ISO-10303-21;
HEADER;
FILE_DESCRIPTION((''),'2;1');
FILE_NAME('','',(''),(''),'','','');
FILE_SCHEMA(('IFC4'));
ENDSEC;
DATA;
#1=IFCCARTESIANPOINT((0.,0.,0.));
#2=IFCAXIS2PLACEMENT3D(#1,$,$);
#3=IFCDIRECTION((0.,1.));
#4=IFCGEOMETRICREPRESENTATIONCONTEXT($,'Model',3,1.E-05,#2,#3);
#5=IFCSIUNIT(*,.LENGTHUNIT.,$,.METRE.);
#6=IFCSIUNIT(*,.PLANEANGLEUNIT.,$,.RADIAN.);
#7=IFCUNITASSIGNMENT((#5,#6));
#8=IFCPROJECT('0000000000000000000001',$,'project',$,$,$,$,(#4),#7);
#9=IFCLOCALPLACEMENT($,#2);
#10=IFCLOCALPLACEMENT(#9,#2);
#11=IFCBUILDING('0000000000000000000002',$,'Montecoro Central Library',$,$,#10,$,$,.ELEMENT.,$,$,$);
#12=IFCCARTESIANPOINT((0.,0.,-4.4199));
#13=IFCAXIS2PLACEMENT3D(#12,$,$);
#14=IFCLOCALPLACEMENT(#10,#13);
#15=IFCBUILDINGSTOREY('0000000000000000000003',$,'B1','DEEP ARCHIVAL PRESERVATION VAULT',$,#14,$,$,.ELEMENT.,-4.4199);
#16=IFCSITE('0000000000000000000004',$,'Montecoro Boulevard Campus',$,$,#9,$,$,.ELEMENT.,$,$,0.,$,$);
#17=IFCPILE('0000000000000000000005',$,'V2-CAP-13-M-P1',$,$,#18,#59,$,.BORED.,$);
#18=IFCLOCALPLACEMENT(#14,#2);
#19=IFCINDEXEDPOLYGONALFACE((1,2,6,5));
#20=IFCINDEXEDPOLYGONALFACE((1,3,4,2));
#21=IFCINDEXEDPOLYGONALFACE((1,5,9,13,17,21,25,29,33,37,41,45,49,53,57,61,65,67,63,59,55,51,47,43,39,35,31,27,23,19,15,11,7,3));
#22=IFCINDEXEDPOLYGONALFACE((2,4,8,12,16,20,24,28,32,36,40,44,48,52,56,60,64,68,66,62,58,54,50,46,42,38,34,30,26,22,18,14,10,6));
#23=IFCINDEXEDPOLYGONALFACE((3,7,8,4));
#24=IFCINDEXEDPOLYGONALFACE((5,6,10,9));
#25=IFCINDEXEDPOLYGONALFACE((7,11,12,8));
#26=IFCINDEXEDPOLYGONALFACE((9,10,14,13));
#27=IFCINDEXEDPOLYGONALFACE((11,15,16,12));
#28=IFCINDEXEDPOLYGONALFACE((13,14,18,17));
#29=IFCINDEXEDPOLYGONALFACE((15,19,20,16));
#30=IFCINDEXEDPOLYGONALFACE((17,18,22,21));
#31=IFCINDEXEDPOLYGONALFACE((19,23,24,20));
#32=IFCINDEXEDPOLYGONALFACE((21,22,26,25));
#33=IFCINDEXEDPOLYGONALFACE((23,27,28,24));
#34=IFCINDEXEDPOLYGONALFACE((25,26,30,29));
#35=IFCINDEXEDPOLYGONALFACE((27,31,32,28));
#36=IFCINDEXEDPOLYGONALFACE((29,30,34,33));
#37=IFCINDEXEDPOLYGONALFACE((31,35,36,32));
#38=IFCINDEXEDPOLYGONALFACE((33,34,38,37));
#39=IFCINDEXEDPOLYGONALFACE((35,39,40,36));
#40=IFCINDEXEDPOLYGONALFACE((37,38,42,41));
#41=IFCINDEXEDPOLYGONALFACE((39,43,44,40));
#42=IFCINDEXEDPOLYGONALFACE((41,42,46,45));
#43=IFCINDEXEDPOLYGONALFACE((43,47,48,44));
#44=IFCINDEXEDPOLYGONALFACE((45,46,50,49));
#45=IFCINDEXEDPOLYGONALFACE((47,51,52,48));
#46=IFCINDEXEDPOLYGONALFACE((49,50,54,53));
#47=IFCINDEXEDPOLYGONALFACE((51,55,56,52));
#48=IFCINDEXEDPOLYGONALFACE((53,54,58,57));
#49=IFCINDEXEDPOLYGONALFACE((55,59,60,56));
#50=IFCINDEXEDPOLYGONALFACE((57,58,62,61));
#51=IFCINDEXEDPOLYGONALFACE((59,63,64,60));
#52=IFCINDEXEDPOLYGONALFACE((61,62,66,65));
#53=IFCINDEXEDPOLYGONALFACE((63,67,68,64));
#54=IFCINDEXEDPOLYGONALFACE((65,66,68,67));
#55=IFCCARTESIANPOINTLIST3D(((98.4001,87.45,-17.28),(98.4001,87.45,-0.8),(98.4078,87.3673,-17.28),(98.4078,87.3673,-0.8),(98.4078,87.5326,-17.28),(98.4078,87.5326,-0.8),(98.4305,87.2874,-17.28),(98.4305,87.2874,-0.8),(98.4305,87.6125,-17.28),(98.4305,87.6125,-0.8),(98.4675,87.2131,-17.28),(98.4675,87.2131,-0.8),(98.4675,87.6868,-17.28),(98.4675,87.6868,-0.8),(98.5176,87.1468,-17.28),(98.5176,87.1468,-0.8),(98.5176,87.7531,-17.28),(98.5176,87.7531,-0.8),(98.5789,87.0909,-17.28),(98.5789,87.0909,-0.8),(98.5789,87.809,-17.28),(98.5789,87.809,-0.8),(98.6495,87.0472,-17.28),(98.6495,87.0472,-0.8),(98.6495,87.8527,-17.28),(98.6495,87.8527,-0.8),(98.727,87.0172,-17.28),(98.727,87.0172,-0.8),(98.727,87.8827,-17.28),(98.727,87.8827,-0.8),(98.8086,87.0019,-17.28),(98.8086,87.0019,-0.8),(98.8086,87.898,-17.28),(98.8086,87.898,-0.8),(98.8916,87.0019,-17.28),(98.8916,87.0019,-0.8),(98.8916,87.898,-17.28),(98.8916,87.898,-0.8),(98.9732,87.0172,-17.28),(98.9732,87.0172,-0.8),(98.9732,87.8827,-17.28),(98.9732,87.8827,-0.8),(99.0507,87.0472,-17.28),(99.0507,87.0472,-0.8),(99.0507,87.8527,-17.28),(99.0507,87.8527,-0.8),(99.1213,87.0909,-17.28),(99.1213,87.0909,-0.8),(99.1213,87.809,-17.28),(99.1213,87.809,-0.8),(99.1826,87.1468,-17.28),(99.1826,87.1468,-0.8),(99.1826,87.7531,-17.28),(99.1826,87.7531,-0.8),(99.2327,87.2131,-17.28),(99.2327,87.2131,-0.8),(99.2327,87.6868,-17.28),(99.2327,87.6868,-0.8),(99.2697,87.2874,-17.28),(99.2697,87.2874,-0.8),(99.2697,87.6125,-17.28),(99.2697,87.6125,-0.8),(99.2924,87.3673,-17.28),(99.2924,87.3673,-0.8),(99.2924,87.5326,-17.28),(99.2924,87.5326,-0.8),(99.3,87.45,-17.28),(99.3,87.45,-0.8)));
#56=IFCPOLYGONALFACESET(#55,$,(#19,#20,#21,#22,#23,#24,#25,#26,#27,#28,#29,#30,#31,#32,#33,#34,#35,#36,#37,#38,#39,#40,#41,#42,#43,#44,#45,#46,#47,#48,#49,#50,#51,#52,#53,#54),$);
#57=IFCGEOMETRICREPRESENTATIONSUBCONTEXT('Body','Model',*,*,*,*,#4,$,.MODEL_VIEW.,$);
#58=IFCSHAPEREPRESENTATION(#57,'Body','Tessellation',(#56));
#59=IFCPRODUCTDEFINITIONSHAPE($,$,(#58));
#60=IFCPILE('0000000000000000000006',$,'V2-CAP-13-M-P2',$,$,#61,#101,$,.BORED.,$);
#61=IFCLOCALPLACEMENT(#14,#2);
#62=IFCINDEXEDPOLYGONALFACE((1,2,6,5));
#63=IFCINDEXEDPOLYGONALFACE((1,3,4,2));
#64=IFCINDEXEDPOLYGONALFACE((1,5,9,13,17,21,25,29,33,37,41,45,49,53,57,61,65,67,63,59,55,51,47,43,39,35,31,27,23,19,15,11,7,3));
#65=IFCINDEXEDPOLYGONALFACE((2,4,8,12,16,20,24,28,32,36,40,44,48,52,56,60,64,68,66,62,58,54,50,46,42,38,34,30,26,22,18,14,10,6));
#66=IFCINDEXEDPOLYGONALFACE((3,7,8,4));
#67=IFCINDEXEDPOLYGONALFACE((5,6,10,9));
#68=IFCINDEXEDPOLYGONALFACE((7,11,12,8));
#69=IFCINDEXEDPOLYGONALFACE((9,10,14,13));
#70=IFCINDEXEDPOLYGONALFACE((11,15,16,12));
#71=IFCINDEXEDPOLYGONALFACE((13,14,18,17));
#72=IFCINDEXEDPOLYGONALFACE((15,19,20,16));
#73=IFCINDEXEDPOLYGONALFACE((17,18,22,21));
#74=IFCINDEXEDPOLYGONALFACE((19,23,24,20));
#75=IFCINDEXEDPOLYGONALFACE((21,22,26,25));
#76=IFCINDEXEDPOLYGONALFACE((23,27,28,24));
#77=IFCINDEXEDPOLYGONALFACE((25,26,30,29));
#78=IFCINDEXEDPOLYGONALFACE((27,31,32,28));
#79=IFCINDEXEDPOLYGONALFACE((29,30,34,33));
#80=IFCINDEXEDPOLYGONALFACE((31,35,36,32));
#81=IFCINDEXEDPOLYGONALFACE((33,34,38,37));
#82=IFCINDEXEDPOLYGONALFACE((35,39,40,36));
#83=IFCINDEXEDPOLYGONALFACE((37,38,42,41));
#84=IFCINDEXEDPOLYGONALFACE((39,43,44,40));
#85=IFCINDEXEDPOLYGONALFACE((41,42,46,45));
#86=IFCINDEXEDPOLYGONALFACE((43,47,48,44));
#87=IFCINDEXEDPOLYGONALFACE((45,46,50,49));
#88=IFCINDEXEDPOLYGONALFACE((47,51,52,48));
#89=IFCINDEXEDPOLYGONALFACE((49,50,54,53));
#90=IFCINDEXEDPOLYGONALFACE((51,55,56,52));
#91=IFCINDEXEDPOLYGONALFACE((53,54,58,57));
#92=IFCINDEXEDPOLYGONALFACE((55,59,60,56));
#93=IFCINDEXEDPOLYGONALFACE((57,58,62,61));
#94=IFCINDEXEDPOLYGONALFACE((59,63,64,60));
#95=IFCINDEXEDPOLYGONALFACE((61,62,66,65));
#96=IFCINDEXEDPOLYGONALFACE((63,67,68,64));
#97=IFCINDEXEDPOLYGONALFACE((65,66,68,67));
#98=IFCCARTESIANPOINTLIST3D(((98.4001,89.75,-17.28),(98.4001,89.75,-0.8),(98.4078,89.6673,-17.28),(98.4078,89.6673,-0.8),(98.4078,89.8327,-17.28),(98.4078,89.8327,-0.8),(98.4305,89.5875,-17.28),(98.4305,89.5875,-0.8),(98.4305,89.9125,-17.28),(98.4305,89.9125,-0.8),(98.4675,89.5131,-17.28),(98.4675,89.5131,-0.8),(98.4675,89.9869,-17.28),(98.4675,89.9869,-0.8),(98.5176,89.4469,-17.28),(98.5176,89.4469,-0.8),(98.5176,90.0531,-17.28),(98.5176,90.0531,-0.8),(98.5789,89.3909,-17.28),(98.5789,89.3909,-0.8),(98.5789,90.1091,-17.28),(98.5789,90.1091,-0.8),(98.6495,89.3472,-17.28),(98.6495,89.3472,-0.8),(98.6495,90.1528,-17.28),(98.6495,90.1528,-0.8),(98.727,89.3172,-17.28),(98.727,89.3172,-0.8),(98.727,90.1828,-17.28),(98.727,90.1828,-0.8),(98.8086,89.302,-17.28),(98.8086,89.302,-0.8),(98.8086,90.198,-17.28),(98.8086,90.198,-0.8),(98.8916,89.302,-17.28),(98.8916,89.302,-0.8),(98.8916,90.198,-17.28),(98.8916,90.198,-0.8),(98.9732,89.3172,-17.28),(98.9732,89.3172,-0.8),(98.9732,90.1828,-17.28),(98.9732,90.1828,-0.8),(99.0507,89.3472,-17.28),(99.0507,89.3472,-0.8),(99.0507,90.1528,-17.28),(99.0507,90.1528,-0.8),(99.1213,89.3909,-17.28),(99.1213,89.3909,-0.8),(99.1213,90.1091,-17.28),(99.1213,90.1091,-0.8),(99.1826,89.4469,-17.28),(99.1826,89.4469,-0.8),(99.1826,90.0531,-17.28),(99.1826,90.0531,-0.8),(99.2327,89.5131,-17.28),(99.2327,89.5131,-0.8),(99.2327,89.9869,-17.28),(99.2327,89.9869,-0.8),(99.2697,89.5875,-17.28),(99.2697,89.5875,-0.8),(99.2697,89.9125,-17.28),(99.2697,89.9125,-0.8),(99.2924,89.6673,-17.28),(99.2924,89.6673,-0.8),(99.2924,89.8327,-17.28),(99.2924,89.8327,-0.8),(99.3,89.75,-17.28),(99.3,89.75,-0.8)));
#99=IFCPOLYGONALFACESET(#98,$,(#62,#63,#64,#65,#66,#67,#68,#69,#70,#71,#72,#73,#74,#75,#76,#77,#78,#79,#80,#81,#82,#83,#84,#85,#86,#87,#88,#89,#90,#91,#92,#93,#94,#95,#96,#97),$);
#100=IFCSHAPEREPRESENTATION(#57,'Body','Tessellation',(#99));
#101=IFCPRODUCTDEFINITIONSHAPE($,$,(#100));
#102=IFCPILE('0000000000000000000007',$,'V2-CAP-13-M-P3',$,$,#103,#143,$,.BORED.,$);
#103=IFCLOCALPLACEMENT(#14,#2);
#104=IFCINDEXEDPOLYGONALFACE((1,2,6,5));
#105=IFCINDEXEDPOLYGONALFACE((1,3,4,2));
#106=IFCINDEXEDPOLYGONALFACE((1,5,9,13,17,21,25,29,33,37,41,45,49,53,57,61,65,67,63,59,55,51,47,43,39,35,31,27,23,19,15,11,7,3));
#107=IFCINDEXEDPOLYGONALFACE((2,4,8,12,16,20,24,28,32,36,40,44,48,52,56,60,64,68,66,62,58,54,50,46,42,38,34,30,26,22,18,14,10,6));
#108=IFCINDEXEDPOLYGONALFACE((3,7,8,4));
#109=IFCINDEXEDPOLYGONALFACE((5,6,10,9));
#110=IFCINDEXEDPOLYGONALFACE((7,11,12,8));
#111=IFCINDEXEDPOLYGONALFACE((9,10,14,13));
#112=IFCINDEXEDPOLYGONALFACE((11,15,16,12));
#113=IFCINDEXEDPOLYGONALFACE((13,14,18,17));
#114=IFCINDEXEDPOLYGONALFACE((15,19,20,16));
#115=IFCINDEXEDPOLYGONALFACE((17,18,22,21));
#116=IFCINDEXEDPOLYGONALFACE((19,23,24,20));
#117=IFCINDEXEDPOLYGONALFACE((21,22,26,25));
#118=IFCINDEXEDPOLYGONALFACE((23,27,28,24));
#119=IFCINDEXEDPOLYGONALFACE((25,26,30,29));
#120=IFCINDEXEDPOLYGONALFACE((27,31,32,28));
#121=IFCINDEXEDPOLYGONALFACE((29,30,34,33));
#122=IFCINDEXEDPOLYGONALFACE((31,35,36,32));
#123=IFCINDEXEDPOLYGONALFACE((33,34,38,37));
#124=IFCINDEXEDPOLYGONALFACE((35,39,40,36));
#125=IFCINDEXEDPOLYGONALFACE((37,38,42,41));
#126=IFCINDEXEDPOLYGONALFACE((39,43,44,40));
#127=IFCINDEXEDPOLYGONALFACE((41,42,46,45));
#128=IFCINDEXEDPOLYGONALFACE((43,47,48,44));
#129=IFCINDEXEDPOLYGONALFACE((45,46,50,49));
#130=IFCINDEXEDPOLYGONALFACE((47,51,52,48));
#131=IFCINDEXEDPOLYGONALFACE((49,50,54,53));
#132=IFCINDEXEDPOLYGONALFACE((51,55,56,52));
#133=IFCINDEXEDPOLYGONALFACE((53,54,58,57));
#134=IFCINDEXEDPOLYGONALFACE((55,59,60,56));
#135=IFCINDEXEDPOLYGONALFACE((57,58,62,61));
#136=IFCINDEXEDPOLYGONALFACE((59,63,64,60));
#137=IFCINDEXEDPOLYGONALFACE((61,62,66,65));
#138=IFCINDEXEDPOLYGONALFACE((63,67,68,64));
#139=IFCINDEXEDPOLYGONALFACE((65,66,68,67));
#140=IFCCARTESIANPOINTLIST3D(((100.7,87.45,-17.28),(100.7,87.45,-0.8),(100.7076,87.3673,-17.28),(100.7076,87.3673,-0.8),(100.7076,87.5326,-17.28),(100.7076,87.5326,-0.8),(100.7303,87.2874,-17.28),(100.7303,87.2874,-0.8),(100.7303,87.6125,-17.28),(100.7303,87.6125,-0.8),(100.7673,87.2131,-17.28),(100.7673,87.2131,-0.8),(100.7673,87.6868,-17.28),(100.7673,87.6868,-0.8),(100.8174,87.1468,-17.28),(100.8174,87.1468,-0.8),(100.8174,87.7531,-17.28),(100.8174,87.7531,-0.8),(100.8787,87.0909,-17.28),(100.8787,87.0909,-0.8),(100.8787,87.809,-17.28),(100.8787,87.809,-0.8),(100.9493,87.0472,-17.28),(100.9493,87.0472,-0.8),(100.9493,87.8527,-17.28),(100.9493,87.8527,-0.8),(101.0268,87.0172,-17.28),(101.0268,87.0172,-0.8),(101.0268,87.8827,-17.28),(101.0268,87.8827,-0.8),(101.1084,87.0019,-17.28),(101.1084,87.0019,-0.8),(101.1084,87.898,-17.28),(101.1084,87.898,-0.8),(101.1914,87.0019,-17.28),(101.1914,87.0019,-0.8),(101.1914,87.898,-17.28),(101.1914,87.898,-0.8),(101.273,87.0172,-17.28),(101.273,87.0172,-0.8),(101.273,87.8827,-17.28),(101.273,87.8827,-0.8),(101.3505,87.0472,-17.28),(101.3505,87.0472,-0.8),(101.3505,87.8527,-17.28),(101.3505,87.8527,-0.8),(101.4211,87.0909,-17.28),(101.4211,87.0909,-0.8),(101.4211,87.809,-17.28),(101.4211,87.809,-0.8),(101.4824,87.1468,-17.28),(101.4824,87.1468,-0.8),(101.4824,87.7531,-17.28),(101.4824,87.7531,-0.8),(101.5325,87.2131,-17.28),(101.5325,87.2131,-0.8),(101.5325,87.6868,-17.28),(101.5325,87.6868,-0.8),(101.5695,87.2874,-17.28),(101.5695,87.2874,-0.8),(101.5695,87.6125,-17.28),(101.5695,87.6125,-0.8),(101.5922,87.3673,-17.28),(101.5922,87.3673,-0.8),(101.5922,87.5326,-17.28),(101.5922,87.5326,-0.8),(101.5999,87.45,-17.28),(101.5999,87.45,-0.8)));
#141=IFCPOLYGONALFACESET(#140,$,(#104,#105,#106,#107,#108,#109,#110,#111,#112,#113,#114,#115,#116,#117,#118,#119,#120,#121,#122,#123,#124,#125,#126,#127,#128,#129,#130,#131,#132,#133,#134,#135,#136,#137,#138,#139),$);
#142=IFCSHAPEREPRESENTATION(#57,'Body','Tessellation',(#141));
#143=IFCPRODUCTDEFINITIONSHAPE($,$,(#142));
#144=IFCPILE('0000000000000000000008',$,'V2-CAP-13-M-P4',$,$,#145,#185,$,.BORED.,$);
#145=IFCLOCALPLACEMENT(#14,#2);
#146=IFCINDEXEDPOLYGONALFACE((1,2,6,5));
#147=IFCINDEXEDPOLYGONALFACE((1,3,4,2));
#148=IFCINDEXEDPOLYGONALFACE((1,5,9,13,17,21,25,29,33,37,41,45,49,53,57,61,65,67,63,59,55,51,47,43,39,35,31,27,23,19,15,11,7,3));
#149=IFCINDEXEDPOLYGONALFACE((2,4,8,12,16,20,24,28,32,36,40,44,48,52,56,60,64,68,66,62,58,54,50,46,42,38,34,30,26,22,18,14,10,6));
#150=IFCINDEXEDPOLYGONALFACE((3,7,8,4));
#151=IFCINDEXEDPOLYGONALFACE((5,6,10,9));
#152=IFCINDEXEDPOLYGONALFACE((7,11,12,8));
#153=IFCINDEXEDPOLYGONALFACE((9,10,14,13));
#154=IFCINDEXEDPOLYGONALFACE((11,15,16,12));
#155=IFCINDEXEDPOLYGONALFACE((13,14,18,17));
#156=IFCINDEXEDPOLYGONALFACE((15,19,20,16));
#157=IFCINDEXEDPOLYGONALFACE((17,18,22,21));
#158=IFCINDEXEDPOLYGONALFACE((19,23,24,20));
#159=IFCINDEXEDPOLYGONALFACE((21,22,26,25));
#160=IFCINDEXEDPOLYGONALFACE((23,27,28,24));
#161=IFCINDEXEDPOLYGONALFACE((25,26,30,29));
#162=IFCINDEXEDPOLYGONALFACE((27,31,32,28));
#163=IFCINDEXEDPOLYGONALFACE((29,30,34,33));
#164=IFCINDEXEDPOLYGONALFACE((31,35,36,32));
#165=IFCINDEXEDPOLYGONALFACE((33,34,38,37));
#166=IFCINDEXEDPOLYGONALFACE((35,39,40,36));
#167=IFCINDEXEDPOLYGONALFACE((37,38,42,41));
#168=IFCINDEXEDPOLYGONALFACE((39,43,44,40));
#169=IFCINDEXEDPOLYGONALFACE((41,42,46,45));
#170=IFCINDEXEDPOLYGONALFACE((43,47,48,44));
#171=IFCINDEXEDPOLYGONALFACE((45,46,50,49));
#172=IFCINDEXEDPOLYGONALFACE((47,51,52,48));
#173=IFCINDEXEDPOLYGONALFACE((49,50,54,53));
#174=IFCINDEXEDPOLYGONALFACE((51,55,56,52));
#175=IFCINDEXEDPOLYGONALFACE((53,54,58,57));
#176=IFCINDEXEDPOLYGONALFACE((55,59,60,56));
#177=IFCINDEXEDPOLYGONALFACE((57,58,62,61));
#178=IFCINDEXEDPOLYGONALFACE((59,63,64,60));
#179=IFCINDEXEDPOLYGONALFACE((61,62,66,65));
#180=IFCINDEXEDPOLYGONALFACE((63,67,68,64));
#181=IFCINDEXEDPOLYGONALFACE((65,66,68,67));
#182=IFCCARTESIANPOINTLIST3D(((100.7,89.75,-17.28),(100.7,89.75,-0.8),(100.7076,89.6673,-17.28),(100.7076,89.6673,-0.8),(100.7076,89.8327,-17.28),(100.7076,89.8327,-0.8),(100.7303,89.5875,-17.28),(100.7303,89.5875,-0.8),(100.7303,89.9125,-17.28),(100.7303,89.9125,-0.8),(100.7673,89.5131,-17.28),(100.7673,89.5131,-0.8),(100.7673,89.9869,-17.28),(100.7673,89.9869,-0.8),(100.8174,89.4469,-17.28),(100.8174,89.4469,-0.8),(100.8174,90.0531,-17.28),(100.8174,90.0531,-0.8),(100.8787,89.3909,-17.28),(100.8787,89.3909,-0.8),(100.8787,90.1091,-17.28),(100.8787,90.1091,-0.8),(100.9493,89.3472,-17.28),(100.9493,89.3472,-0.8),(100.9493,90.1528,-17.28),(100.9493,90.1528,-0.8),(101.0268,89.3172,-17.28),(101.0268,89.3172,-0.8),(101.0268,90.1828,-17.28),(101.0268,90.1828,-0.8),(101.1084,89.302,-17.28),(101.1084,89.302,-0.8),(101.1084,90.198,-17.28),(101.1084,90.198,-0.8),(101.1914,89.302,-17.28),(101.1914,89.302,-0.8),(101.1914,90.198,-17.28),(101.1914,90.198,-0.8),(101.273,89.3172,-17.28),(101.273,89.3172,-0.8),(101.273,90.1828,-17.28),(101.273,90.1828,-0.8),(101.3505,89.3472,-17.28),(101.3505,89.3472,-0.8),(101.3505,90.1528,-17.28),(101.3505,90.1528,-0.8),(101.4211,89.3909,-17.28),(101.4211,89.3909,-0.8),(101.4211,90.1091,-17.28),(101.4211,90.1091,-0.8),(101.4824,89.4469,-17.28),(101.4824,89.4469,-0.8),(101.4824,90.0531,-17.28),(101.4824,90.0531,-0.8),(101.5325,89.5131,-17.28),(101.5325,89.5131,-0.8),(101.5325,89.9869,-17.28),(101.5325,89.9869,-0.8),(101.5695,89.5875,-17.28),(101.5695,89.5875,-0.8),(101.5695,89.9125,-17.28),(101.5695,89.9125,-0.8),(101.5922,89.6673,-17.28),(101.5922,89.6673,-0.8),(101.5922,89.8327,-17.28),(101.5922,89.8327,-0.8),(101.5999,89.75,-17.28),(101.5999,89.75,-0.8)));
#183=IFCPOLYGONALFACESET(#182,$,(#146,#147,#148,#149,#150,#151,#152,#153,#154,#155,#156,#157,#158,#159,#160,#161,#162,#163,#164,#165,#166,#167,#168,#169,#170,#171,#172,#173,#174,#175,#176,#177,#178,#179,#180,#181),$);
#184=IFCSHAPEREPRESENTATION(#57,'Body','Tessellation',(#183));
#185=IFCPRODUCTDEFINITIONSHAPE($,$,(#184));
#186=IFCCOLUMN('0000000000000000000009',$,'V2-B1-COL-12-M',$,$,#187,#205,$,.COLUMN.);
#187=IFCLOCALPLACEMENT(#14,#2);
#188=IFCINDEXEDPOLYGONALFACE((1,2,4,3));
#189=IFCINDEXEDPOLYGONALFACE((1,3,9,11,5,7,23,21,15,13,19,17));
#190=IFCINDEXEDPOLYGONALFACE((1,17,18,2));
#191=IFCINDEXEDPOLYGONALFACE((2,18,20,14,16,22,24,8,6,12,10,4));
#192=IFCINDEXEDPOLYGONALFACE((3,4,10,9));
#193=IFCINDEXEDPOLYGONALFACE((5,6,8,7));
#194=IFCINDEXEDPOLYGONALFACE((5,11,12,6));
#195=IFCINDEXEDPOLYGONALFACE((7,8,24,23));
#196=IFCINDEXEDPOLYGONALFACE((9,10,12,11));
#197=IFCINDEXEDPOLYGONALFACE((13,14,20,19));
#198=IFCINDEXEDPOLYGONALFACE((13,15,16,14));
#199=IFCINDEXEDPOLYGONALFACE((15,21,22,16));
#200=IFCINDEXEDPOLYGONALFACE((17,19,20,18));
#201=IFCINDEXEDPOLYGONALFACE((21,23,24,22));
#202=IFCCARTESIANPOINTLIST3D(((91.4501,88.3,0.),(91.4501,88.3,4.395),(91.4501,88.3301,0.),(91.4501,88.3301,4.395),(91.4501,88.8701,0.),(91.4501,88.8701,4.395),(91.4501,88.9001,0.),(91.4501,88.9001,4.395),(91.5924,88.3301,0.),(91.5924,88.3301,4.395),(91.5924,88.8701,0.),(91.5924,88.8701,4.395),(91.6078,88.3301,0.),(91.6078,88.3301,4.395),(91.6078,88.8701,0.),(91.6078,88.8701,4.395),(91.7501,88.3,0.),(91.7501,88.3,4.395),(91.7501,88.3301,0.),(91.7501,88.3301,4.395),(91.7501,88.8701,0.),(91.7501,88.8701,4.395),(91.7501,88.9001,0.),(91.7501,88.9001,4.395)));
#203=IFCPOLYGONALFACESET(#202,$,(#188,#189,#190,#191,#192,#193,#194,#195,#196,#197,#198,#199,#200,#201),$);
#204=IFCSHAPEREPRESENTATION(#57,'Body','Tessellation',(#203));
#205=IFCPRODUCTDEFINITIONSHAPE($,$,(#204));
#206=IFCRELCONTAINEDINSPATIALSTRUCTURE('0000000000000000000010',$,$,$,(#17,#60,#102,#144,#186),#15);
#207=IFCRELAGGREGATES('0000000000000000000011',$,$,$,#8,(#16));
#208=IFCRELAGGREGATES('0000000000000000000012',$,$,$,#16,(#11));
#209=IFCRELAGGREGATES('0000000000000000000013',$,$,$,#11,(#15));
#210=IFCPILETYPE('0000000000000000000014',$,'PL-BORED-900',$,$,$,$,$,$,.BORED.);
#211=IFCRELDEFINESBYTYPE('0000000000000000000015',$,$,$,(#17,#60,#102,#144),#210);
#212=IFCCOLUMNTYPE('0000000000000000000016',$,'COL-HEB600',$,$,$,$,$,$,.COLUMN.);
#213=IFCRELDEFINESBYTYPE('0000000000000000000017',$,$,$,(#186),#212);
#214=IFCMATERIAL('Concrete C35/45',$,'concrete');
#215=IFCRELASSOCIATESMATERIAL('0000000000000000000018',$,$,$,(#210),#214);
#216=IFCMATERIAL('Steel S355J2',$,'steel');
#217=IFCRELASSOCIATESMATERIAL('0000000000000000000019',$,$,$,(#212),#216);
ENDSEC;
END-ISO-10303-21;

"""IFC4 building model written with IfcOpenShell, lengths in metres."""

from ifc_helpers import new_model, si_unit, direction, frame, origin, origin_2d, place, context, subcontext, project, spatial, circle, i_section, extrude, material, material_profile, profile_set, type_object, element, save


model = new_model("IFC4")

# Units and contexts
model_context = context("Model", 3, precision=1e-05, world=origin(), true_north=direction((0.0, 1.0)))
body_context = subcontext(model_context, "Body", "Model", "MODEL_VIEW")
ifc_project = project(units=[si_unit("LENGTHUNIT", "METRE"), si_unit("PLANEANGLEUNIT", "RADIAN")], contexts=[model_context])

# Site, building, storey
site_placement = place(None, origin())
site = spatial("IfcSite", under=ifc_project, at=site_placement, Name="Montecoro Boulevard Campus", CompositionType="ELEMENT", RefElevation=0.0)
building_placement = place(site_placement, origin())
building = spatial("IfcBuilding", under=site, at=building_placement, Name="Montecoro Central Library", CompositionType="ELEMENT")
storey_placement = place(building_placement, frame((0.0, 0.0, -4.4199)))
storey = spatial("IfcBuildingStorey", under=building, at=storey_placement, Name="B1", Description="DEEP ARCHIVAL PRESERVATION VAULT", CompositionType="ELEMENT", Elevation=-4.4199)

# Shared definitions
ifc_material_1 = material(Name="Concrete C35/45", Category="concrete")

# Piles
ifc_material_profile_1 = material_profile(ifc_material_1, circle(Radius=0.45, at=origin_2d()), Name="PILE D900")
ifc_profile_set_1 = profile_set([ifc_material_profile_1], Name="Concrete C35/45")
pile_type_1 = type_object("IfcPileType", Name="PL-BORED-900", PredefinedType="BORED", material=ifc_profile_set_1)
for number, where, z_axis, x_axis, name in (
    (1, (98.8501, 87.45, -0.8), (0.0, 0.0, -1.0), (1.0, 0.0, 0.0), "V2-CAP-13-M-P1"),
    (2, (98.8501, 89.75, -0.8), (0.0, 0.0, -1.0), (1.0, 0.0, 0.0), "V2-CAP-13-M-P2"),
    (3, (101.1499, 87.45, -0.8), (0.0, 0.0, -1.0), (1.0, 0.0, 0.0), "V2-CAP-13-M-P3"),
    (4, (101.1499, 89.75, -0.8), (0.0, 0.0, -1.0), (1.0, 0.0, 0.0), "V2-CAP-13-M-P4"),
):
    element("IfcPile", number, at=place(storey_placement, frame(where, z_axis=z_axis, x_axis=x_axis)), inside=storey, type_object=pile_type_1, Name=name, PredefinedType="BORED", context=body_context, shape_type="SweptSolid", body=[
        extrude(circle(Radius=0.45, at=origin_2d()), origin(), (0.0, 0.0, 1.0), 16.48),
    ])

# Column
ifc_material_2 = material(Name="Steel S355J2", Category="steel")
ifc_material_profile_2 = material_profile(ifc_material_2, i_section(OverallWidth=0.3, OverallDepth=0.6001, WebThickness=0.0154, FlangeThickness=0.03, at=origin_2d()), Name="HEB 600")
ifc_profile_set_2 = profile_set([ifc_material_profile_2], Name="Steel S355J2")
column_type = type_object("IfcColumnType", Name="COL-HEB600", PredefinedType="COLUMN", material=ifc_profile_set_2)
for number, where, z_axis, x_axis, name in (
    (5, (91.6001, 88.6001, 0.0), (0.0, 0.0, 1.0), (1.0, 0.0, 0.0), "V2-B1-COL-12-M"),
):
    element("IfcColumn", number, at=place(storey_placement, frame(where, z_axis=z_axis, x_axis=x_axis)), inside=storey, type_object=column_type, Name=name, PredefinedType="COLUMN", context=body_context, shape_type="SweptSolid", body=[
        extrude(i_section(OverallWidth=0.3, OverallDepth=0.6001, WebThickness=0.0154, FlangeThickness=0.03, at=origin_2d()), origin(), (0.0, 0.0, 1.0), 4.395),
    ])

save(model, "model.ifc")
